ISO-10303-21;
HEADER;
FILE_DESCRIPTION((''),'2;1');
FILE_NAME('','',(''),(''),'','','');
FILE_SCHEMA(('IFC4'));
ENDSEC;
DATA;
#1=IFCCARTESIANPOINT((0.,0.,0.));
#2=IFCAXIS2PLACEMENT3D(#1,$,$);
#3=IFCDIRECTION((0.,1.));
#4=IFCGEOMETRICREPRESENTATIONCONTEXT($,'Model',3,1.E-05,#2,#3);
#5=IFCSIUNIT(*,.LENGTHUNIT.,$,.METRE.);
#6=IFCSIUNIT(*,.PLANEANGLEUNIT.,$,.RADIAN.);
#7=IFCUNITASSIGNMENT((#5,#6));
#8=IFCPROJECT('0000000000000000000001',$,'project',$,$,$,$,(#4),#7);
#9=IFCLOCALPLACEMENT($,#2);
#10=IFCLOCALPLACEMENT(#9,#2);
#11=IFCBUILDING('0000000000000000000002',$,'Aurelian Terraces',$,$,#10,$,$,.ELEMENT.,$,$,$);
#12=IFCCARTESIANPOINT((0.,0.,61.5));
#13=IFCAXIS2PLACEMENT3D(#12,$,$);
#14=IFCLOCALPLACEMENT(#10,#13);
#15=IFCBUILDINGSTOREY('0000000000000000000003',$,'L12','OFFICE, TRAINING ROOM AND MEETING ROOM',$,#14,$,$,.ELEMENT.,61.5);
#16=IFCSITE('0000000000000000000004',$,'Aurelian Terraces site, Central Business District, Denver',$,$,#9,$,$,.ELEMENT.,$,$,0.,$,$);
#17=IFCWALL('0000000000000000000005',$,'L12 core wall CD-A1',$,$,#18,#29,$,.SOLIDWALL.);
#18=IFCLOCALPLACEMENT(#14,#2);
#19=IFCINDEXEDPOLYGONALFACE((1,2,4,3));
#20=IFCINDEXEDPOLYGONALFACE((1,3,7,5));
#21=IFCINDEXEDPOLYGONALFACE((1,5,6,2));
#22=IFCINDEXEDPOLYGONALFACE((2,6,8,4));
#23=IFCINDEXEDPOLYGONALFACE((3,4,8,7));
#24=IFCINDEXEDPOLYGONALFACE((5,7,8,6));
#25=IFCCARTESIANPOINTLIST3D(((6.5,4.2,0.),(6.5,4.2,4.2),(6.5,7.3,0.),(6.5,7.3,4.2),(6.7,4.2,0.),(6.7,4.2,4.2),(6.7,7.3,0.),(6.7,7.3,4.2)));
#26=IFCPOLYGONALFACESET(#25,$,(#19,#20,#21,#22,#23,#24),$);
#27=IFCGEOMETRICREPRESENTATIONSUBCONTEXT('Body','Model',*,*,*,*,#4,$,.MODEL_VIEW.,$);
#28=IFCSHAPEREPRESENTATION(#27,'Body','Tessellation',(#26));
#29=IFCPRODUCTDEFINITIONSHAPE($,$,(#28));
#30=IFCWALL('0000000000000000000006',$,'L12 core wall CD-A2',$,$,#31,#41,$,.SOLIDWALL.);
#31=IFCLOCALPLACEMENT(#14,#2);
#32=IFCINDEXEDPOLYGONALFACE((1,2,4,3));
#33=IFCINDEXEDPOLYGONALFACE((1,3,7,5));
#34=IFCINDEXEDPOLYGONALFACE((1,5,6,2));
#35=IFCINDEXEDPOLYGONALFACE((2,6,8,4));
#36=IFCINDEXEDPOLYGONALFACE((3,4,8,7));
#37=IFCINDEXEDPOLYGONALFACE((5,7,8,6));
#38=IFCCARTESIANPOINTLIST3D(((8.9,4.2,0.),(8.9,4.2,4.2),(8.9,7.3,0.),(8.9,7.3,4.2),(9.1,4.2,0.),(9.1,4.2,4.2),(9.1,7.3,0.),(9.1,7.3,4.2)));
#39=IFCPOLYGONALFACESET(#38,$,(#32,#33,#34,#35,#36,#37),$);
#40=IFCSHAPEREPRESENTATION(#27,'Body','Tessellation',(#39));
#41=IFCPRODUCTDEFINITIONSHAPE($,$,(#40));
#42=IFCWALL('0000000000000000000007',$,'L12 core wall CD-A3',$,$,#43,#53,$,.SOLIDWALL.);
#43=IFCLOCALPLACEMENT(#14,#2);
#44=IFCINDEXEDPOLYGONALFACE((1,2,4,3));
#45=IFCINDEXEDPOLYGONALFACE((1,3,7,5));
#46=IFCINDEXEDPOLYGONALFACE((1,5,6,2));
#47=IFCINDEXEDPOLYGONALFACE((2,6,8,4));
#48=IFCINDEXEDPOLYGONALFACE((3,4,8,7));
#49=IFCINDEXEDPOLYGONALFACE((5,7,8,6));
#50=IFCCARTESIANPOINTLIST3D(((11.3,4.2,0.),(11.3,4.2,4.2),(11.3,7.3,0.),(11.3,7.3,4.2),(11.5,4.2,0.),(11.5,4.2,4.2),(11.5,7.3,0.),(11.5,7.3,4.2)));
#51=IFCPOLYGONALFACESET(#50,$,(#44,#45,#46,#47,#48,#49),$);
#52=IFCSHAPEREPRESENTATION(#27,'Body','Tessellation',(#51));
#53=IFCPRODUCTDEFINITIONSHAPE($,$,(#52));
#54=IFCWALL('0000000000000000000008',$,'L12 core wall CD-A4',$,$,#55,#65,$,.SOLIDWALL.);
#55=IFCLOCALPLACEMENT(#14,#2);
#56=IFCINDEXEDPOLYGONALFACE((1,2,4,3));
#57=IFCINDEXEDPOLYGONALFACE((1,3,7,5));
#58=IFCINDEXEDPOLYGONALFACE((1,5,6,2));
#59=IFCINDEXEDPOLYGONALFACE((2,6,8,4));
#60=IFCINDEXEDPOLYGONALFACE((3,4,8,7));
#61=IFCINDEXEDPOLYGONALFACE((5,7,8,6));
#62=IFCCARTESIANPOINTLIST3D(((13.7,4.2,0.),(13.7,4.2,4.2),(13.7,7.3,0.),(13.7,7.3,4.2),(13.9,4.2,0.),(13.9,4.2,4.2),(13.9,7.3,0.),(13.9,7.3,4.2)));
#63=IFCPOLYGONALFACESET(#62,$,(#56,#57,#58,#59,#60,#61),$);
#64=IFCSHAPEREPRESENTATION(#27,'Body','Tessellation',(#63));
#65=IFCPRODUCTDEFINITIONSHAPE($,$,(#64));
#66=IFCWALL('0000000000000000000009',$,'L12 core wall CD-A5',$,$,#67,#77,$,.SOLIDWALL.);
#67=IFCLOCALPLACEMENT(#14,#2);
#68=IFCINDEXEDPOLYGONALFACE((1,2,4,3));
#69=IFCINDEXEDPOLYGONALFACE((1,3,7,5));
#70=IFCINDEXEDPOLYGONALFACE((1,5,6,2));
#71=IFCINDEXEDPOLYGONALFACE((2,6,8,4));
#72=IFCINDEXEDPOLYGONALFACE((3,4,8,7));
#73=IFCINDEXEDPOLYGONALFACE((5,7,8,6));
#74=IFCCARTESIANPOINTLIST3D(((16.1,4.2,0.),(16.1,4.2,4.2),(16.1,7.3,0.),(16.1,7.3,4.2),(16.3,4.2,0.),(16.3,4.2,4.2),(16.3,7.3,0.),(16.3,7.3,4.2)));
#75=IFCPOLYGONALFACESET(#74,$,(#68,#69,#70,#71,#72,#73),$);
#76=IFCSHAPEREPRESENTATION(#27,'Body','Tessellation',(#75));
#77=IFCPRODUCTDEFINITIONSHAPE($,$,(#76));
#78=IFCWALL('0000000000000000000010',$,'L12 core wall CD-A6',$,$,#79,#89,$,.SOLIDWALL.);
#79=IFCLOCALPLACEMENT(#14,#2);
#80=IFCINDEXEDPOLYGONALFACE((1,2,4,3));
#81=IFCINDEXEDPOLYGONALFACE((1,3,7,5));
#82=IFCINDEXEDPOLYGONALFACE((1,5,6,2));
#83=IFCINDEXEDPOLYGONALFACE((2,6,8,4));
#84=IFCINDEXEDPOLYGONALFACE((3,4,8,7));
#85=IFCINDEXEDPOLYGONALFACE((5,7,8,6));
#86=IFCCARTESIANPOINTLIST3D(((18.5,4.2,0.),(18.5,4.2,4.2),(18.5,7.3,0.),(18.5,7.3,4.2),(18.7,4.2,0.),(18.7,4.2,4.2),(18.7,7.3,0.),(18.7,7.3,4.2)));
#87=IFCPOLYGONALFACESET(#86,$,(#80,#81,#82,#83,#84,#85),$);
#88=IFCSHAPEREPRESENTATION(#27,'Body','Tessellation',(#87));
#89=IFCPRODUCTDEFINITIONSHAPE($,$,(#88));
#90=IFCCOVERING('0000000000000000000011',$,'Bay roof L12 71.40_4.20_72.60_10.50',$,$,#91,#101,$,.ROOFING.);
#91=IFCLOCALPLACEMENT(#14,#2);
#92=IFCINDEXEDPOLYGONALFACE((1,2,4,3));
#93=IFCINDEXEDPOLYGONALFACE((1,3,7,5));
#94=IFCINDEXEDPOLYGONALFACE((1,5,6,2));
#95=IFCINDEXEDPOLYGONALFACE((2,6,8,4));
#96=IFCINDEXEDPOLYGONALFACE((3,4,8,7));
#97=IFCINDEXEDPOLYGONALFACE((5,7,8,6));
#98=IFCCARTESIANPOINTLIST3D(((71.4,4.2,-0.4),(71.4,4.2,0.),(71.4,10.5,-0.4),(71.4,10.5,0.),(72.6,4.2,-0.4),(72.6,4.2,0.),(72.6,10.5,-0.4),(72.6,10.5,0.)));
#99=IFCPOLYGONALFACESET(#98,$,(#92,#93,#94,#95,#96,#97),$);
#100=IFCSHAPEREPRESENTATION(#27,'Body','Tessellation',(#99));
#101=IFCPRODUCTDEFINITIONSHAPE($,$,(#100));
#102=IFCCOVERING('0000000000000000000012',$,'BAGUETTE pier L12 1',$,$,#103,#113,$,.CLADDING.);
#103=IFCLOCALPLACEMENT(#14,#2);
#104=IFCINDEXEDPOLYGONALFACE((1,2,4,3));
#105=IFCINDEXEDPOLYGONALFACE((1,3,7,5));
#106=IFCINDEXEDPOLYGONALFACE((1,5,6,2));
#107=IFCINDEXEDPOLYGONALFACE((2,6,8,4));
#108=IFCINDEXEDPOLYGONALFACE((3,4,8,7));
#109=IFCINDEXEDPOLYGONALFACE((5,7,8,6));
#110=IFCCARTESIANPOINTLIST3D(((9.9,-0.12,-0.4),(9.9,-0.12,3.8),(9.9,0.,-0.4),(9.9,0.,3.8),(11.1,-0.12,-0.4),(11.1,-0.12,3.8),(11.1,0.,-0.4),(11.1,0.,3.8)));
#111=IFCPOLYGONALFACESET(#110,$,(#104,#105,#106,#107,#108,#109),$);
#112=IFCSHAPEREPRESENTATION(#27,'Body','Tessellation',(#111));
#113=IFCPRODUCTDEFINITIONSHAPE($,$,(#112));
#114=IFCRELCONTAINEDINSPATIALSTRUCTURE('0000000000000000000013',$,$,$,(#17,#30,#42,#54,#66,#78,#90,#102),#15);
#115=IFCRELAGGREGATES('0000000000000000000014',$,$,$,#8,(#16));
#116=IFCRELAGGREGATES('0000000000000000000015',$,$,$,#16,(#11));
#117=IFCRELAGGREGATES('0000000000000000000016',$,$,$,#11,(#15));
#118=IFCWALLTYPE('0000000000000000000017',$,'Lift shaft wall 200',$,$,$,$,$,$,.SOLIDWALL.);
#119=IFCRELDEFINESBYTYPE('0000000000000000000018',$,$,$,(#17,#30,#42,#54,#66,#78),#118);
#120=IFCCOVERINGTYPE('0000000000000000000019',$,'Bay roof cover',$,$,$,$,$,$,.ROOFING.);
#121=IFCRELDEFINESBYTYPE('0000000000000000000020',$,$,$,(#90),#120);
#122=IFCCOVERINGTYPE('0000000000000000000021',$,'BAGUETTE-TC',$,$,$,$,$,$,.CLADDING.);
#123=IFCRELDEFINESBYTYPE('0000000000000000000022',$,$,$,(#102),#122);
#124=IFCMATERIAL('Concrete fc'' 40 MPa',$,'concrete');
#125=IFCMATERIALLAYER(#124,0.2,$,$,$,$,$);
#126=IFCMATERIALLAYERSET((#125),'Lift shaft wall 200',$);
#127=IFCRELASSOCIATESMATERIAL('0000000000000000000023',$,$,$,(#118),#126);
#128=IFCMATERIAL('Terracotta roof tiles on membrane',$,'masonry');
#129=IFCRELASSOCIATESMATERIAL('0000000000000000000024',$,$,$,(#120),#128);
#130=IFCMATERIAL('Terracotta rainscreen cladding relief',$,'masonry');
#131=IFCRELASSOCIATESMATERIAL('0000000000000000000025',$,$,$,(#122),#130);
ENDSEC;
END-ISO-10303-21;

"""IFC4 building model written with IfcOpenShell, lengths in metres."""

from ifc_helpers import new_model, si_unit, direction, frame, frame_2d, origin, origin_2d, place, context, subcontext, project, spatial, polyline, rectangle, outline, extrude, source, transform, mapped, material, layer, layer_set, type_object, element, save


model = new_model("IFC4")

# Units and contexts
model_context = context("Model", 3, precision=1e-05, world=origin(), true_north=direction((0.0, 1.0)))
body_context = subcontext(model_context, "Body", "Model", "MODEL_VIEW")
ifc_project = project(units=[si_unit("LENGTHUNIT", "METRE"), si_unit("PLANEANGLEUNIT", "RADIAN")], contexts=[model_context])

# Site, building, storey
site_placement = place(None, origin())
site = spatial("IfcSite", under=ifc_project, at=site_placement, Name="Aurelian Terraces site, Central Business District, Denver", CompositionType="ELEMENT", RefElevation=0.0)
building_placement = place(site_placement, origin())
building = spatial("IfcBuilding", under=site, at=building_placement, Name="Aurelian Terraces", CompositionType="ELEMENT")
storey_placement = place(building_placement, frame((0.0, 0.0, 61.5)))
storey = spatial("IfcBuildingStorey", under=building, at=storey_placement, Name="L12", Description="OFFICE, TRAINING ROOM AND MEETING ROOM", CompositionType="ELEMENT", Elevation=61.5)

# Shared definitions
ifc_material_1 = material(Name="Concrete fc' 40 MPa", Category="concrete")

# Walls
ifc_layer_1 = layer(ifc_material_1, 0.2)
ifc_layer_set_1 = layer_set([ifc_layer_1], Name="Lift shaft wall 200")
wall_type_1 = type_object("IfcWallType", Name="Lift shaft wall 200", PredefinedType="SOLIDWALL", material=ifc_layer_set_1)
shared_shape_1 = source(origin(), body_context, "Body", "SweptSolid", [
    extrude(rectangle(XDim=3.1, YDim=0.2, at=frame_2d((1.55, 0.0))), origin(), (0.0, 0.0, 1.0), 4.2),
])
for number, where, z_axis, x_axis, name in (
    (1, (6.6, 4.2, 0.0), (0.0, 0.0, 1.0), (0.0, 1.0, 0.0), "L12 core wall CD-A1"),
    (2, (9.0, 4.2, 0.0), (0.0, 0.0, 1.0), (0.0, 1.0, 0.0), "L12 core wall CD-A2"),
    (3, (11.4, 4.2, 0.0), (0.0, 0.0, 1.0), (0.0, 1.0, 0.0), "L12 core wall CD-A3"),
    (4, (13.8, 4.2, 0.0), (0.0, 0.0, 1.0), (0.0, 1.0, 0.0), "L12 core wall CD-A4"),
    (5, (16.2, 4.2, 0.0), (0.0, 0.0, 1.0), (0.0, 1.0, 0.0), "L12 core wall CD-A5"),
    (6, (18.6, 4.2, 0.0), (0.0, 0.0, 1.0), (0.0, 1.0, 0.0), "L12 core wall CD-A6"),
):
    element("IfcWall", number, at=place(storey_placement, frame(where, z_axis=z_axis, x_axis=x_axis)), inside=storey, type_object=wall_type_1, Name=name, PredefinedType="SOLIDWALL", context=body_context, shape_type="MappedRepresentation", body=[
        mapped(shared_shape_1, transform((0.0, 0.0, 0.0), scale=1.0)),
    ])

# Coverings
ifc_material_2 = material(Name="Terracotta roof tiles on membrane", Category="masonry")
covering_type_1 = type_object("IfcCoveringType", Name="Bay roof cover", PredefinedType="ROOFING", material=ifc_material_2)
covering_1_placement = place(storey_placement, frame((0.0, 0.0, -0.4)))
element("IfcCovering", 7, at=covering_1_placement, inside=storey, type_object=covering_type_1, Name="Bay roof L12 71.40_4.20_72.60_10.50", PredefinedType="ROOFING", context=body_context, shape_type="SweptSolid", body=[
    extrude(outline(polyline([(71.4, 10.5), (72.6, 10.5), (72.6, 4.2), (71.4, 4.2), (71.4, 10.5)])), origin(), (0.0, 0.0, 1.0), 0.4),
])
ifc_material_3 = material(Name="Terracotta rainscreen cladding relief", Category="masonry")
covering_type_2 = type_object("IfcCoveringType", Name="BAGUETTE-TC", PredefinedType="CLADDING", material=ifc_material_3)
shared_shape_2 = source(origin(), body_context, "Body", "SweptSolid", [
    extrude(rectangle(XDim=1.2, YDim=0.12, at=origin_2d()), origin(), (0.0, 0.0, 1.0), 4.2),
])
covering_2_placement = place(storey_placement, frame((10.5, -0.06, -0.4), z_axis=(0.0, 0.0, 1.0), x_axis=(1.0, 0.0, 0.0)))
element("IfcCovering", 8, at=covering_2_placement, inside=storey, type_object=covering_type_2, Name="BAGUETTE pier L12 1", PredefinedType="CLADDING", context=body_context, shape_type="MappedRepresentation", body=[
    mapped(shared_shape_2, transform((0.0, 0.0, 0.0), scale=1.0)),
])

save(model, "model.ifc")
